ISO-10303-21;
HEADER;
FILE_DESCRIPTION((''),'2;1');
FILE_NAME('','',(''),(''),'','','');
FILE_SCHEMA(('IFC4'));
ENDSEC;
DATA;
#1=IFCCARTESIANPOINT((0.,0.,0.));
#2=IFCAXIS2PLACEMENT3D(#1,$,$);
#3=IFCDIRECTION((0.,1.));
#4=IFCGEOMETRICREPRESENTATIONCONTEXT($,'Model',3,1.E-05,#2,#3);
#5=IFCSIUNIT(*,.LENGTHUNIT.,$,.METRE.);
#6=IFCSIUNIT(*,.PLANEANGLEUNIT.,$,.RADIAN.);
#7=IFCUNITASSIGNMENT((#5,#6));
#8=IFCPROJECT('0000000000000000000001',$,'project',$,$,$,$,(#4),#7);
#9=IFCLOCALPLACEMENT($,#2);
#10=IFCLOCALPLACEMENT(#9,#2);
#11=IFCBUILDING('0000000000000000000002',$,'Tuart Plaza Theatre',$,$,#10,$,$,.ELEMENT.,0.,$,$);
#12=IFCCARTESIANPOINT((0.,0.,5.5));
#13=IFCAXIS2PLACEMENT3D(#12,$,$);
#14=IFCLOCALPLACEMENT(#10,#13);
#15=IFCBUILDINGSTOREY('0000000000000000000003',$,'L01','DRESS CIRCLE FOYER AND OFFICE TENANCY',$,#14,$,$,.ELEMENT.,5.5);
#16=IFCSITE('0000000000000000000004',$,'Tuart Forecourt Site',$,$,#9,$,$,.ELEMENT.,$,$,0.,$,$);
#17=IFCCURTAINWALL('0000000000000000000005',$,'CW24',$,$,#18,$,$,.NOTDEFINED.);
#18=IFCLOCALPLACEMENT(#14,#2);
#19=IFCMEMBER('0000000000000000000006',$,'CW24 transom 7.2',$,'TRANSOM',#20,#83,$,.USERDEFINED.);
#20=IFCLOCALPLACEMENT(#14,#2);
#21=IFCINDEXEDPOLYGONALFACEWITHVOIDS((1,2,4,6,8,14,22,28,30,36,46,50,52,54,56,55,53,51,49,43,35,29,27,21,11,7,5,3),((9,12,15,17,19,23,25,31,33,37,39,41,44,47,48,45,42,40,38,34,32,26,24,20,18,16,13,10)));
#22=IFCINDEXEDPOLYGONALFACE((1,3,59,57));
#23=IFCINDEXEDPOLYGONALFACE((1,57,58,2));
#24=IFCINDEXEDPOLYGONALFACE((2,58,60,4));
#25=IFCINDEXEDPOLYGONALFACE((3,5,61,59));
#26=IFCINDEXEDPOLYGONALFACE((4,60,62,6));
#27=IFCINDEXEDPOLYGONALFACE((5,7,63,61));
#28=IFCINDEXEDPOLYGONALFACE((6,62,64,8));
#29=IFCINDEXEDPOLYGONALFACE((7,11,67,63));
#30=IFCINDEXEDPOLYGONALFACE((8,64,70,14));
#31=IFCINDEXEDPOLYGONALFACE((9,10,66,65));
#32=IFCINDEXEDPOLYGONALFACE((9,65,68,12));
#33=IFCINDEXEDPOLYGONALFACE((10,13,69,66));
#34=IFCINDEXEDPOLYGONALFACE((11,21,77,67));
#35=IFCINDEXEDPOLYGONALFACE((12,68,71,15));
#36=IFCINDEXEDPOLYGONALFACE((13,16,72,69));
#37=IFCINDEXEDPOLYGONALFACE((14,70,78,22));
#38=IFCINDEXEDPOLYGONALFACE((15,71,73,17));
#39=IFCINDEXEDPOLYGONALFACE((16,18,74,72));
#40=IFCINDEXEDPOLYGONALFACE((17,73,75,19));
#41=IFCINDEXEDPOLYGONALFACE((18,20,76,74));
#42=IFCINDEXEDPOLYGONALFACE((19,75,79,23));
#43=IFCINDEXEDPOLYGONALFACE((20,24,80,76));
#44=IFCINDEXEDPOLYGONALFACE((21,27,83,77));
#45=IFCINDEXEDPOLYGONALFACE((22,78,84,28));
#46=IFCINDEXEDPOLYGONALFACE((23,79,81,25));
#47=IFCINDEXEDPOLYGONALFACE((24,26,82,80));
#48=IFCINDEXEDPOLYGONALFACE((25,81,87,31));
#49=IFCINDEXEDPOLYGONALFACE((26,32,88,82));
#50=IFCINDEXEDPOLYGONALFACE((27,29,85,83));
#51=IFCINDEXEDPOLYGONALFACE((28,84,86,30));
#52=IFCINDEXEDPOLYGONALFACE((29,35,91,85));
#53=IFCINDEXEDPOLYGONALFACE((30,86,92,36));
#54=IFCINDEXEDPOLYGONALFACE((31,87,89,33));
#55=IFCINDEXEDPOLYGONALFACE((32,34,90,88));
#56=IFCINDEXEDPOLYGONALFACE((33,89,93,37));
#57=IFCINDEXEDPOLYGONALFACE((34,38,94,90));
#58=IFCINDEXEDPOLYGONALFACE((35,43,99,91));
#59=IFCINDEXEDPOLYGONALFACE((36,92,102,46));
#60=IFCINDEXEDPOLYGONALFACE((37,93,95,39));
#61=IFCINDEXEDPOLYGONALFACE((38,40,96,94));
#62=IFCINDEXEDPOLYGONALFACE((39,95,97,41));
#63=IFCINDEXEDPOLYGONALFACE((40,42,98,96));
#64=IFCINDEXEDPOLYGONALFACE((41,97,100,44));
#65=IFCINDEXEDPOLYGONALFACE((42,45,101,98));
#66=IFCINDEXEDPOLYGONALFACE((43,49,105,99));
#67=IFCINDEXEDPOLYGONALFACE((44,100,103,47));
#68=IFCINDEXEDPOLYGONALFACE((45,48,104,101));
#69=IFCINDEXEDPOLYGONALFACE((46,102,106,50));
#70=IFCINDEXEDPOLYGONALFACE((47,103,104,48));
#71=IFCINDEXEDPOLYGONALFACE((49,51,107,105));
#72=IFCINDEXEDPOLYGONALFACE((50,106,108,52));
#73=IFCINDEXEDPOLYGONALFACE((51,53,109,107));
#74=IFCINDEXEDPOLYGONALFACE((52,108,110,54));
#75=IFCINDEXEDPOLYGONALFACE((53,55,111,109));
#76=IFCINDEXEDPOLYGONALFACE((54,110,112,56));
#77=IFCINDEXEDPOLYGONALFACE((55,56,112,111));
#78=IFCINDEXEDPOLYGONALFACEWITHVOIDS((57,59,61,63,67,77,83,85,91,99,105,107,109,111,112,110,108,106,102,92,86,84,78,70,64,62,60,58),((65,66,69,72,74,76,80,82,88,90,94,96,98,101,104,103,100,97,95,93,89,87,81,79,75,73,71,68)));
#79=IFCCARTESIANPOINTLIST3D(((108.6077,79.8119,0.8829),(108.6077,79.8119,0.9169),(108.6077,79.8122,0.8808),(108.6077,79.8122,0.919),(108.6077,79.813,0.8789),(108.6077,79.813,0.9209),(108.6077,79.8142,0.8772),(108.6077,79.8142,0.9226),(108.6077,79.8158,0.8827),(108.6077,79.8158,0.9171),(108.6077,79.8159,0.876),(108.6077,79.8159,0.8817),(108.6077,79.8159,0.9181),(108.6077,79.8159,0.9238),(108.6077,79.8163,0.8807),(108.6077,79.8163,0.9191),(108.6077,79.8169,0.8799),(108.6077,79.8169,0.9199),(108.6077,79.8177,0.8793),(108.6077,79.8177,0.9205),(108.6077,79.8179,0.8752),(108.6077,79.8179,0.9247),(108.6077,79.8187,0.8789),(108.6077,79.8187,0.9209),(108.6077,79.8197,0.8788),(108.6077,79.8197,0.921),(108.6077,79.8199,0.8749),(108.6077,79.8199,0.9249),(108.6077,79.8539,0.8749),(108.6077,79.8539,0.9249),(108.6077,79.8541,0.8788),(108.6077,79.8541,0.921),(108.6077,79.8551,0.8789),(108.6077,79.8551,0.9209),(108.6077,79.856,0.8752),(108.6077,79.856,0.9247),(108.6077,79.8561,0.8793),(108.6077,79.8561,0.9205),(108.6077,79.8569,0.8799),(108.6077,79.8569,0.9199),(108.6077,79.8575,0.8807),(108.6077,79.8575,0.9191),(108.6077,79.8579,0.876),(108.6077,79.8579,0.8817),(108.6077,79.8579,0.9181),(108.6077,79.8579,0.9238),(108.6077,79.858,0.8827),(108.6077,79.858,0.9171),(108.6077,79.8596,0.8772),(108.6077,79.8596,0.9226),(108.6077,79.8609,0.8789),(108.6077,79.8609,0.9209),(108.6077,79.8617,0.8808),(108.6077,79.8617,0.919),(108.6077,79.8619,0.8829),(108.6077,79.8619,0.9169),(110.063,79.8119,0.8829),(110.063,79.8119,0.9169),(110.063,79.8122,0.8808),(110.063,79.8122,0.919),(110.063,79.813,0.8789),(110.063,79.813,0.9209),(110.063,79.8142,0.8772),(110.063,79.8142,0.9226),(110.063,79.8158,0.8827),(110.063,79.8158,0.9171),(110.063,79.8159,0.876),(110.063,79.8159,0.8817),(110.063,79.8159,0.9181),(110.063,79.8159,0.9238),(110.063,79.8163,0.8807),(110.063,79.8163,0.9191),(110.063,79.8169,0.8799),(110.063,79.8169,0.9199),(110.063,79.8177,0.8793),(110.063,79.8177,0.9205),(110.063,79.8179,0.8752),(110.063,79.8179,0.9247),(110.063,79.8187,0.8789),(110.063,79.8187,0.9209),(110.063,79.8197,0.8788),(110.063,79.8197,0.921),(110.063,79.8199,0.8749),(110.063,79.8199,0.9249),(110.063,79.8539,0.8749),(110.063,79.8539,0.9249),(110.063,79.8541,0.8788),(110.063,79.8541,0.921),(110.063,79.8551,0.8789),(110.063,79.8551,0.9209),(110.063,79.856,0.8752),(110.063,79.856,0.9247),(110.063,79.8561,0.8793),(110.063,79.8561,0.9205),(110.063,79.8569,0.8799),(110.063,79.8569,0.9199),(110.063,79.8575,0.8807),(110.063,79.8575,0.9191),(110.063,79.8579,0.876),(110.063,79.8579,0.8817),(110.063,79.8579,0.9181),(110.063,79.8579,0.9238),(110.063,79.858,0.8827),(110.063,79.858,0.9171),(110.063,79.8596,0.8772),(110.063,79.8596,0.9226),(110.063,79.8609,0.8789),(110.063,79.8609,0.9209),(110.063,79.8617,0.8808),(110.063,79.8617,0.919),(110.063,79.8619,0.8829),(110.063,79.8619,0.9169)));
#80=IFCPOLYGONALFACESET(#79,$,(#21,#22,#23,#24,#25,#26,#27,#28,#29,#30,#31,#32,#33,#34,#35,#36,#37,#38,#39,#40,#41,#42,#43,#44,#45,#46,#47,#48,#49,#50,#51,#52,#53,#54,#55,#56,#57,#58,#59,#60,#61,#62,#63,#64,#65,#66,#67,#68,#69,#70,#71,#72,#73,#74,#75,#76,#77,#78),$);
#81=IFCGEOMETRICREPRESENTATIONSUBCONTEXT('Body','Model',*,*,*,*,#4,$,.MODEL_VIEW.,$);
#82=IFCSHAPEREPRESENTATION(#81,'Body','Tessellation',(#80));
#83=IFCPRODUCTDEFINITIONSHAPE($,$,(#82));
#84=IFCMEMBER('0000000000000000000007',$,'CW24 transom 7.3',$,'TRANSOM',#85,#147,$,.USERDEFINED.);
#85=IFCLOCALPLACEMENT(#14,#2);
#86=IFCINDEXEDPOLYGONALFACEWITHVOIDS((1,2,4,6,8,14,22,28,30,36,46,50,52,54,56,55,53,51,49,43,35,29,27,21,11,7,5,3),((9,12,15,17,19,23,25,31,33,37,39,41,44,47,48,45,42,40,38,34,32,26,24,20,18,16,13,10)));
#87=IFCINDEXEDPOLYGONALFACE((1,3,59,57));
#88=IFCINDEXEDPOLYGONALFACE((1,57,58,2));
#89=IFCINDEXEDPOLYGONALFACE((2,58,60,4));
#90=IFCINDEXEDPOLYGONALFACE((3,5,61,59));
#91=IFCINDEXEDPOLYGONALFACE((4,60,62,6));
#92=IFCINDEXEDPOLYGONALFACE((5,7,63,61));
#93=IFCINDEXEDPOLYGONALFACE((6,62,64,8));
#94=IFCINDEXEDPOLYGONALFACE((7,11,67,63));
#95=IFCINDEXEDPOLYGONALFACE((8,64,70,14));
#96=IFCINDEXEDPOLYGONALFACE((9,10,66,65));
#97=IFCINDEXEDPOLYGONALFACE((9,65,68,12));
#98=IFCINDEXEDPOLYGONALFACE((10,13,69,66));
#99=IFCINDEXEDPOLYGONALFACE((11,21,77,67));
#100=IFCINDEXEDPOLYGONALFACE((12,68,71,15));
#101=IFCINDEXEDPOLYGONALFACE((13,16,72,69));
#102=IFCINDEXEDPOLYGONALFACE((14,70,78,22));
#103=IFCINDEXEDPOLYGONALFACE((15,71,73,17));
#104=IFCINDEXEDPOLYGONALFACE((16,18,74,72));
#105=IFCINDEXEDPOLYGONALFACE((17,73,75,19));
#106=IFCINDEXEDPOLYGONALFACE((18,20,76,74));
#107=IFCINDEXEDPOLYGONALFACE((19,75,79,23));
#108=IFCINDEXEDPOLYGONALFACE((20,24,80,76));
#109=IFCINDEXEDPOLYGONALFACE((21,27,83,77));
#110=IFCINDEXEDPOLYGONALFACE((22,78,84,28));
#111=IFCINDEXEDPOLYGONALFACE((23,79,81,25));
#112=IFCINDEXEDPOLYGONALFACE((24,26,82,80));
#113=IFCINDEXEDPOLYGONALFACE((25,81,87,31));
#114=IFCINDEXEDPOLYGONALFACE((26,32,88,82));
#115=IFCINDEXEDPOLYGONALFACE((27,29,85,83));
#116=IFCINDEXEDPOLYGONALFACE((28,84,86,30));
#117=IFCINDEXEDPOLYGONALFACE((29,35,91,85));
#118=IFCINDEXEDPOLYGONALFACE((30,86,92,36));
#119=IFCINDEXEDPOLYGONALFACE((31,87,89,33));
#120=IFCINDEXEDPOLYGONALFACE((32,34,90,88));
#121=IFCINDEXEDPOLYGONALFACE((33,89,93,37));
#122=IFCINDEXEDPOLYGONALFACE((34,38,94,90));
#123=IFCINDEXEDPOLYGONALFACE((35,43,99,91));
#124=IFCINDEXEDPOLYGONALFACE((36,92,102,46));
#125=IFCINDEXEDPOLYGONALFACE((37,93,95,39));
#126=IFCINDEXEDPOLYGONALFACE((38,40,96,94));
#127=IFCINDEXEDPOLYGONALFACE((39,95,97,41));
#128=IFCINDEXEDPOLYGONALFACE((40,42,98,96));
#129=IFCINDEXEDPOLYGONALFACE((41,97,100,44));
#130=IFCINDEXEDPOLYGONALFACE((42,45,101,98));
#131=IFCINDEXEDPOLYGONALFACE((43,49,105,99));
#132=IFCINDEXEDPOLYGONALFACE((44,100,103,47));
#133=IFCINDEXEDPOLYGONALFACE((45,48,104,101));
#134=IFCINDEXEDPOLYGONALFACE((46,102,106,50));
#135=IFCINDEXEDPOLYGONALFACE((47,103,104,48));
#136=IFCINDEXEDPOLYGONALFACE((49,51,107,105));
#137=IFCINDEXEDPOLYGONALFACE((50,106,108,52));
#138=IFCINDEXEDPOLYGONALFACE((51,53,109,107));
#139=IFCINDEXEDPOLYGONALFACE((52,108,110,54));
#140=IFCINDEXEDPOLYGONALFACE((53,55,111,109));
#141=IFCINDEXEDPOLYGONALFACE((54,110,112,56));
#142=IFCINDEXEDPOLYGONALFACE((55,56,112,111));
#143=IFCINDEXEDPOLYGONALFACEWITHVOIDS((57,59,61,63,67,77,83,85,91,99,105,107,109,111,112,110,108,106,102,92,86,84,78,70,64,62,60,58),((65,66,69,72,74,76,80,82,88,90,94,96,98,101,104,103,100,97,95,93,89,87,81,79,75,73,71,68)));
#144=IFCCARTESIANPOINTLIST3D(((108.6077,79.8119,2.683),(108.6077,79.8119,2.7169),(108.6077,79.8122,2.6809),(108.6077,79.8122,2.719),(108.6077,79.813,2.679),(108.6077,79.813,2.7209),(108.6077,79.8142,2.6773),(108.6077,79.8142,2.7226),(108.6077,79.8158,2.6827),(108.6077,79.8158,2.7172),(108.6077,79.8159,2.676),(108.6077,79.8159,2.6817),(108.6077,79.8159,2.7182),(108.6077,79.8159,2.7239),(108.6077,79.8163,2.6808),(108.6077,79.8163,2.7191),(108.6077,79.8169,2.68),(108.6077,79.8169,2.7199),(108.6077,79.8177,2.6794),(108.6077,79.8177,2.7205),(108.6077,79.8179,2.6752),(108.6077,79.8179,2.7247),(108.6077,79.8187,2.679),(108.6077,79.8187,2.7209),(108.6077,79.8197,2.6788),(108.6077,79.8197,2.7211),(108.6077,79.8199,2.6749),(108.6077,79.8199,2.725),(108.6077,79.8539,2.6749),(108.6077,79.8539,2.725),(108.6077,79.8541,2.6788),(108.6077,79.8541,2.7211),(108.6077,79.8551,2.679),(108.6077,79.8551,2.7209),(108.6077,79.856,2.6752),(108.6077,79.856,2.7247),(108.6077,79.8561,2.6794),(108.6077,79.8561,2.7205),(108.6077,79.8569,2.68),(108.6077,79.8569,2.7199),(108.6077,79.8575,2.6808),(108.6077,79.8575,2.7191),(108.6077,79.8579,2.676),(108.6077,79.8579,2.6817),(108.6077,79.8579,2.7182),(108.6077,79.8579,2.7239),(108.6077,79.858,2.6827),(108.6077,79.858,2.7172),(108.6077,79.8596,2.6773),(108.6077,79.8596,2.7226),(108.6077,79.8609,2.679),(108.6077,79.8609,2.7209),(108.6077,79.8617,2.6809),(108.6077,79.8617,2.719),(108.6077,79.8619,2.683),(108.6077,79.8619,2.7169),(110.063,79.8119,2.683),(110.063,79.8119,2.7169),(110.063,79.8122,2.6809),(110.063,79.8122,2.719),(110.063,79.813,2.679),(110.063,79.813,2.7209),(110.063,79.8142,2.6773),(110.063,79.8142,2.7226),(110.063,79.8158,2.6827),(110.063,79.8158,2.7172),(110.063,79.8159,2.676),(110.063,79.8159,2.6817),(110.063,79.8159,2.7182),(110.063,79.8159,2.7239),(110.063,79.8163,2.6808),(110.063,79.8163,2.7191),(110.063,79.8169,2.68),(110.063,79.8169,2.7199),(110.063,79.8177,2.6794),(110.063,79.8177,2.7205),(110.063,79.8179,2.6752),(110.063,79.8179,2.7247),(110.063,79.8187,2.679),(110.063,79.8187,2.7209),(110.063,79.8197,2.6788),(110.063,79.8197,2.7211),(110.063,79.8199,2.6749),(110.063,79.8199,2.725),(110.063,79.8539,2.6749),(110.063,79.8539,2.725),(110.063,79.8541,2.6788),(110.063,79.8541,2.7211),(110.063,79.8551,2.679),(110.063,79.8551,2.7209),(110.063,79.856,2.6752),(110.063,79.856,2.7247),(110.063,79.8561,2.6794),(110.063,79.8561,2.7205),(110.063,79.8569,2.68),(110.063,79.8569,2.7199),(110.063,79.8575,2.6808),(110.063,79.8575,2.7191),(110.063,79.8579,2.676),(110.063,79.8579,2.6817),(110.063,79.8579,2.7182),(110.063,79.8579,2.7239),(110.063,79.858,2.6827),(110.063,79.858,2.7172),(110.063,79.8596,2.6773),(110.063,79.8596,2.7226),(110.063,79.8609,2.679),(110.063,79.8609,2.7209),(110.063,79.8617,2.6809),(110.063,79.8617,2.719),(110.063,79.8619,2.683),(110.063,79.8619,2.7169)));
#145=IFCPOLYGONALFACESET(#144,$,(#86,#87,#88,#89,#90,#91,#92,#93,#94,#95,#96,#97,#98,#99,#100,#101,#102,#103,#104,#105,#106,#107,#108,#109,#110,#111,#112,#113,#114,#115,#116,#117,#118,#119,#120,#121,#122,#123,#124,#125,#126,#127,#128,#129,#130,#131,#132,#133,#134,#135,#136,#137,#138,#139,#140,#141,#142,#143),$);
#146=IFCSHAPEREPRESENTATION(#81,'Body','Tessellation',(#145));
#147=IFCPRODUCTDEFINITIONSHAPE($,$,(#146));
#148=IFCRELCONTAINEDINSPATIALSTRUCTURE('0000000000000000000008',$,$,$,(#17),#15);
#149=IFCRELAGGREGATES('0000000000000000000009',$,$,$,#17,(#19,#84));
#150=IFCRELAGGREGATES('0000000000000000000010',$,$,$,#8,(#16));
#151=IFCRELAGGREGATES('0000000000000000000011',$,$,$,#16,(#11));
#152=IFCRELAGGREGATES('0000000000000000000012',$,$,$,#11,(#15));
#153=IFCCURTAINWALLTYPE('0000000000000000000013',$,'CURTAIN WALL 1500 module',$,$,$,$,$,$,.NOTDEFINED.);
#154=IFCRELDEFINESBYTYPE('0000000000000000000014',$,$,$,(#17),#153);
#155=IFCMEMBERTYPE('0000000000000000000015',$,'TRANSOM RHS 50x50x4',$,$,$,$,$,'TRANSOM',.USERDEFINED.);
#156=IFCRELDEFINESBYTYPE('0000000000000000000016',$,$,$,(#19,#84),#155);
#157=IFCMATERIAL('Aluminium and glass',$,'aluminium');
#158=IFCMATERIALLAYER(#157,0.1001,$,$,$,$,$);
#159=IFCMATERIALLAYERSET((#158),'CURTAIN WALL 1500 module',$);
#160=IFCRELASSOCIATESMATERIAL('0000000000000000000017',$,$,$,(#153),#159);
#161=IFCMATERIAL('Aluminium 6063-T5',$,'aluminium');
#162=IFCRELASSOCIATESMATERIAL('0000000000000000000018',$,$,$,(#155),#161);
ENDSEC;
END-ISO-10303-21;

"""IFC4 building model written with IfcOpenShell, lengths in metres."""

from ifc_helpers import new_model, si_unit, direction, frame, origin, origin_2d, place, context, subcontext, project, spatial, hollow_rectangle, extrude, material, layer, layer_set, material_profile, profile_set, type_object, element, aggregate, save


model = new_model("IFC4")

# Units and contexts
model_context = context("Model", 3, precision=1e-05, world=origin(), true_north=direction((0.0, 1.0)))
body_context = subcontext(model_context, "Body", "Model", "MODEL_VIEW")
ifc_project = project(units=[si_unit("LENGTHUNIT", "METRE"), si_unit("PLANEANGLEUNIT", "RADIAN")], contexts=[model_context])

# Site, building, storey
site_placement = place(None, origin())
site = spatial("IfcSite", under=ifc_project, at=site_placement, Name="Tuart Forecourt Site", CompositionType="ELEMENT", RefElevation=0.0)
building_placement = place(site_placement, origin())
building = spatial("IfcBuilding", under=site, at=building_placement, Name="Tuart Plaza Theatre", CompositionType="ELEMENT", ElevationOfRefHeight=0.0)
storey_placement = place(building_placement, frame((0.0, 0.0, 5.5)))
storey = spatial("IfcBuildingStorey", under=building, at=storey_placement, Name="L01", Description="DRESS CIRCLE FOYER AND OFFICE TENANCY", CompositionType="ELEMENT", Elevation=5.5)

# Curtain wall, members
ifc_material_1 = material(Name="Aluminium and glass", Category="aluminium")
ifc_layer_1 = layer(ifc_material_1, 0.1001)
ifc_layer_set_1 = layer_set([ifc_layer_1], Name="CURTAIN WALL 1500 module")
curtain_wall_type = type_object("IfcCurtainWallType", Name="CURTAIN WALL 1500 module", PredefinedType="NOTDEFINED", material=ifc_layer_set_1)
curtain_wall_placement = place(storey_placement, origin())
curtain_wall = element("IfcCurtainWall", 1, at=curtain_wall_placement, inside=storey, type_object=curtain_wall_type, Name="CW24", PredefinedType="NOTDEFINED")
ifc_material_2 = material(Name="Aluminium 6063-T5", Category="aluminium")
ifc_material_profile_1 = material_profile(ifc_material_2, hollow_rectangle(XDim=0.05, YDim=0.05, WallThickness=0.0039, InnerFilletRadius=0.0039, OuterFilletRadius=0.0081, at=origin_2d()), Name="RHS 50x50x4")
ifc_profile_set_1 = profile_set([ifc_material_profile_1], Name="Aluminium 6063-T5")
member_type_1 = type_object("IfcMemberType", Name="TRANSOM RHS 50x50x4", ElementType="TRANSOM", PredefinedType="USERDEFINED", material=ifc_profile_set_1)
member_1_placement = place(storey_placement, frame((108.6077, 79.8369, 0.8999), z_axis=(1.0, 0.0, 0.0), x_axis=(0.0, 1.0, 0.0)))
member_1 = element("IfcMember", 2, at=member_1_placement, type_object=member_type_1, Name="CW24 transom 7.2", ObjectType="TRANSOM", PredefinedType="USERDEFINED", context=body_context, shape_type="SweptSolid", body=[
    extrude(hollow_rectangle(XDim=0.05, YDim=0.05, WallThickness=0.0039, InnerFilletRadius=0.0039, OuterFilletRadius=0.0081, at=origin_2d()), origin(), (0.0, 0.0, 1.0), 1.4553),
])
member_2_placement = place(storey_placement, frame((108.6077, 79.8369, 2.7), z_axis=(1.0, 0.0, 0.0), x_axis=(0.0, 1.0, 0.0)))
member_2 = element("IfcMember", 3, at=member_2_placement, type_object=member_type_1, Name="CW24 transom 7.3", ObjectType="TRANSOM", PredefinedType="USERDEFINED", context=body_context, shape_type="SweptSolid", body=[
    extrude(hollow_rectangle(XDim=0.05, YDim=0.05, WallThickness=0.0039, InnerFilletRadius=0.0039, OuterFilletRadius=0.0081, at=origin_2d()), origin(), (0.0, 0.0, 1.0), 1.4553),
])
aggregate(curtain_wall, [member_1, member_2])

save(model, "model.ifc")
